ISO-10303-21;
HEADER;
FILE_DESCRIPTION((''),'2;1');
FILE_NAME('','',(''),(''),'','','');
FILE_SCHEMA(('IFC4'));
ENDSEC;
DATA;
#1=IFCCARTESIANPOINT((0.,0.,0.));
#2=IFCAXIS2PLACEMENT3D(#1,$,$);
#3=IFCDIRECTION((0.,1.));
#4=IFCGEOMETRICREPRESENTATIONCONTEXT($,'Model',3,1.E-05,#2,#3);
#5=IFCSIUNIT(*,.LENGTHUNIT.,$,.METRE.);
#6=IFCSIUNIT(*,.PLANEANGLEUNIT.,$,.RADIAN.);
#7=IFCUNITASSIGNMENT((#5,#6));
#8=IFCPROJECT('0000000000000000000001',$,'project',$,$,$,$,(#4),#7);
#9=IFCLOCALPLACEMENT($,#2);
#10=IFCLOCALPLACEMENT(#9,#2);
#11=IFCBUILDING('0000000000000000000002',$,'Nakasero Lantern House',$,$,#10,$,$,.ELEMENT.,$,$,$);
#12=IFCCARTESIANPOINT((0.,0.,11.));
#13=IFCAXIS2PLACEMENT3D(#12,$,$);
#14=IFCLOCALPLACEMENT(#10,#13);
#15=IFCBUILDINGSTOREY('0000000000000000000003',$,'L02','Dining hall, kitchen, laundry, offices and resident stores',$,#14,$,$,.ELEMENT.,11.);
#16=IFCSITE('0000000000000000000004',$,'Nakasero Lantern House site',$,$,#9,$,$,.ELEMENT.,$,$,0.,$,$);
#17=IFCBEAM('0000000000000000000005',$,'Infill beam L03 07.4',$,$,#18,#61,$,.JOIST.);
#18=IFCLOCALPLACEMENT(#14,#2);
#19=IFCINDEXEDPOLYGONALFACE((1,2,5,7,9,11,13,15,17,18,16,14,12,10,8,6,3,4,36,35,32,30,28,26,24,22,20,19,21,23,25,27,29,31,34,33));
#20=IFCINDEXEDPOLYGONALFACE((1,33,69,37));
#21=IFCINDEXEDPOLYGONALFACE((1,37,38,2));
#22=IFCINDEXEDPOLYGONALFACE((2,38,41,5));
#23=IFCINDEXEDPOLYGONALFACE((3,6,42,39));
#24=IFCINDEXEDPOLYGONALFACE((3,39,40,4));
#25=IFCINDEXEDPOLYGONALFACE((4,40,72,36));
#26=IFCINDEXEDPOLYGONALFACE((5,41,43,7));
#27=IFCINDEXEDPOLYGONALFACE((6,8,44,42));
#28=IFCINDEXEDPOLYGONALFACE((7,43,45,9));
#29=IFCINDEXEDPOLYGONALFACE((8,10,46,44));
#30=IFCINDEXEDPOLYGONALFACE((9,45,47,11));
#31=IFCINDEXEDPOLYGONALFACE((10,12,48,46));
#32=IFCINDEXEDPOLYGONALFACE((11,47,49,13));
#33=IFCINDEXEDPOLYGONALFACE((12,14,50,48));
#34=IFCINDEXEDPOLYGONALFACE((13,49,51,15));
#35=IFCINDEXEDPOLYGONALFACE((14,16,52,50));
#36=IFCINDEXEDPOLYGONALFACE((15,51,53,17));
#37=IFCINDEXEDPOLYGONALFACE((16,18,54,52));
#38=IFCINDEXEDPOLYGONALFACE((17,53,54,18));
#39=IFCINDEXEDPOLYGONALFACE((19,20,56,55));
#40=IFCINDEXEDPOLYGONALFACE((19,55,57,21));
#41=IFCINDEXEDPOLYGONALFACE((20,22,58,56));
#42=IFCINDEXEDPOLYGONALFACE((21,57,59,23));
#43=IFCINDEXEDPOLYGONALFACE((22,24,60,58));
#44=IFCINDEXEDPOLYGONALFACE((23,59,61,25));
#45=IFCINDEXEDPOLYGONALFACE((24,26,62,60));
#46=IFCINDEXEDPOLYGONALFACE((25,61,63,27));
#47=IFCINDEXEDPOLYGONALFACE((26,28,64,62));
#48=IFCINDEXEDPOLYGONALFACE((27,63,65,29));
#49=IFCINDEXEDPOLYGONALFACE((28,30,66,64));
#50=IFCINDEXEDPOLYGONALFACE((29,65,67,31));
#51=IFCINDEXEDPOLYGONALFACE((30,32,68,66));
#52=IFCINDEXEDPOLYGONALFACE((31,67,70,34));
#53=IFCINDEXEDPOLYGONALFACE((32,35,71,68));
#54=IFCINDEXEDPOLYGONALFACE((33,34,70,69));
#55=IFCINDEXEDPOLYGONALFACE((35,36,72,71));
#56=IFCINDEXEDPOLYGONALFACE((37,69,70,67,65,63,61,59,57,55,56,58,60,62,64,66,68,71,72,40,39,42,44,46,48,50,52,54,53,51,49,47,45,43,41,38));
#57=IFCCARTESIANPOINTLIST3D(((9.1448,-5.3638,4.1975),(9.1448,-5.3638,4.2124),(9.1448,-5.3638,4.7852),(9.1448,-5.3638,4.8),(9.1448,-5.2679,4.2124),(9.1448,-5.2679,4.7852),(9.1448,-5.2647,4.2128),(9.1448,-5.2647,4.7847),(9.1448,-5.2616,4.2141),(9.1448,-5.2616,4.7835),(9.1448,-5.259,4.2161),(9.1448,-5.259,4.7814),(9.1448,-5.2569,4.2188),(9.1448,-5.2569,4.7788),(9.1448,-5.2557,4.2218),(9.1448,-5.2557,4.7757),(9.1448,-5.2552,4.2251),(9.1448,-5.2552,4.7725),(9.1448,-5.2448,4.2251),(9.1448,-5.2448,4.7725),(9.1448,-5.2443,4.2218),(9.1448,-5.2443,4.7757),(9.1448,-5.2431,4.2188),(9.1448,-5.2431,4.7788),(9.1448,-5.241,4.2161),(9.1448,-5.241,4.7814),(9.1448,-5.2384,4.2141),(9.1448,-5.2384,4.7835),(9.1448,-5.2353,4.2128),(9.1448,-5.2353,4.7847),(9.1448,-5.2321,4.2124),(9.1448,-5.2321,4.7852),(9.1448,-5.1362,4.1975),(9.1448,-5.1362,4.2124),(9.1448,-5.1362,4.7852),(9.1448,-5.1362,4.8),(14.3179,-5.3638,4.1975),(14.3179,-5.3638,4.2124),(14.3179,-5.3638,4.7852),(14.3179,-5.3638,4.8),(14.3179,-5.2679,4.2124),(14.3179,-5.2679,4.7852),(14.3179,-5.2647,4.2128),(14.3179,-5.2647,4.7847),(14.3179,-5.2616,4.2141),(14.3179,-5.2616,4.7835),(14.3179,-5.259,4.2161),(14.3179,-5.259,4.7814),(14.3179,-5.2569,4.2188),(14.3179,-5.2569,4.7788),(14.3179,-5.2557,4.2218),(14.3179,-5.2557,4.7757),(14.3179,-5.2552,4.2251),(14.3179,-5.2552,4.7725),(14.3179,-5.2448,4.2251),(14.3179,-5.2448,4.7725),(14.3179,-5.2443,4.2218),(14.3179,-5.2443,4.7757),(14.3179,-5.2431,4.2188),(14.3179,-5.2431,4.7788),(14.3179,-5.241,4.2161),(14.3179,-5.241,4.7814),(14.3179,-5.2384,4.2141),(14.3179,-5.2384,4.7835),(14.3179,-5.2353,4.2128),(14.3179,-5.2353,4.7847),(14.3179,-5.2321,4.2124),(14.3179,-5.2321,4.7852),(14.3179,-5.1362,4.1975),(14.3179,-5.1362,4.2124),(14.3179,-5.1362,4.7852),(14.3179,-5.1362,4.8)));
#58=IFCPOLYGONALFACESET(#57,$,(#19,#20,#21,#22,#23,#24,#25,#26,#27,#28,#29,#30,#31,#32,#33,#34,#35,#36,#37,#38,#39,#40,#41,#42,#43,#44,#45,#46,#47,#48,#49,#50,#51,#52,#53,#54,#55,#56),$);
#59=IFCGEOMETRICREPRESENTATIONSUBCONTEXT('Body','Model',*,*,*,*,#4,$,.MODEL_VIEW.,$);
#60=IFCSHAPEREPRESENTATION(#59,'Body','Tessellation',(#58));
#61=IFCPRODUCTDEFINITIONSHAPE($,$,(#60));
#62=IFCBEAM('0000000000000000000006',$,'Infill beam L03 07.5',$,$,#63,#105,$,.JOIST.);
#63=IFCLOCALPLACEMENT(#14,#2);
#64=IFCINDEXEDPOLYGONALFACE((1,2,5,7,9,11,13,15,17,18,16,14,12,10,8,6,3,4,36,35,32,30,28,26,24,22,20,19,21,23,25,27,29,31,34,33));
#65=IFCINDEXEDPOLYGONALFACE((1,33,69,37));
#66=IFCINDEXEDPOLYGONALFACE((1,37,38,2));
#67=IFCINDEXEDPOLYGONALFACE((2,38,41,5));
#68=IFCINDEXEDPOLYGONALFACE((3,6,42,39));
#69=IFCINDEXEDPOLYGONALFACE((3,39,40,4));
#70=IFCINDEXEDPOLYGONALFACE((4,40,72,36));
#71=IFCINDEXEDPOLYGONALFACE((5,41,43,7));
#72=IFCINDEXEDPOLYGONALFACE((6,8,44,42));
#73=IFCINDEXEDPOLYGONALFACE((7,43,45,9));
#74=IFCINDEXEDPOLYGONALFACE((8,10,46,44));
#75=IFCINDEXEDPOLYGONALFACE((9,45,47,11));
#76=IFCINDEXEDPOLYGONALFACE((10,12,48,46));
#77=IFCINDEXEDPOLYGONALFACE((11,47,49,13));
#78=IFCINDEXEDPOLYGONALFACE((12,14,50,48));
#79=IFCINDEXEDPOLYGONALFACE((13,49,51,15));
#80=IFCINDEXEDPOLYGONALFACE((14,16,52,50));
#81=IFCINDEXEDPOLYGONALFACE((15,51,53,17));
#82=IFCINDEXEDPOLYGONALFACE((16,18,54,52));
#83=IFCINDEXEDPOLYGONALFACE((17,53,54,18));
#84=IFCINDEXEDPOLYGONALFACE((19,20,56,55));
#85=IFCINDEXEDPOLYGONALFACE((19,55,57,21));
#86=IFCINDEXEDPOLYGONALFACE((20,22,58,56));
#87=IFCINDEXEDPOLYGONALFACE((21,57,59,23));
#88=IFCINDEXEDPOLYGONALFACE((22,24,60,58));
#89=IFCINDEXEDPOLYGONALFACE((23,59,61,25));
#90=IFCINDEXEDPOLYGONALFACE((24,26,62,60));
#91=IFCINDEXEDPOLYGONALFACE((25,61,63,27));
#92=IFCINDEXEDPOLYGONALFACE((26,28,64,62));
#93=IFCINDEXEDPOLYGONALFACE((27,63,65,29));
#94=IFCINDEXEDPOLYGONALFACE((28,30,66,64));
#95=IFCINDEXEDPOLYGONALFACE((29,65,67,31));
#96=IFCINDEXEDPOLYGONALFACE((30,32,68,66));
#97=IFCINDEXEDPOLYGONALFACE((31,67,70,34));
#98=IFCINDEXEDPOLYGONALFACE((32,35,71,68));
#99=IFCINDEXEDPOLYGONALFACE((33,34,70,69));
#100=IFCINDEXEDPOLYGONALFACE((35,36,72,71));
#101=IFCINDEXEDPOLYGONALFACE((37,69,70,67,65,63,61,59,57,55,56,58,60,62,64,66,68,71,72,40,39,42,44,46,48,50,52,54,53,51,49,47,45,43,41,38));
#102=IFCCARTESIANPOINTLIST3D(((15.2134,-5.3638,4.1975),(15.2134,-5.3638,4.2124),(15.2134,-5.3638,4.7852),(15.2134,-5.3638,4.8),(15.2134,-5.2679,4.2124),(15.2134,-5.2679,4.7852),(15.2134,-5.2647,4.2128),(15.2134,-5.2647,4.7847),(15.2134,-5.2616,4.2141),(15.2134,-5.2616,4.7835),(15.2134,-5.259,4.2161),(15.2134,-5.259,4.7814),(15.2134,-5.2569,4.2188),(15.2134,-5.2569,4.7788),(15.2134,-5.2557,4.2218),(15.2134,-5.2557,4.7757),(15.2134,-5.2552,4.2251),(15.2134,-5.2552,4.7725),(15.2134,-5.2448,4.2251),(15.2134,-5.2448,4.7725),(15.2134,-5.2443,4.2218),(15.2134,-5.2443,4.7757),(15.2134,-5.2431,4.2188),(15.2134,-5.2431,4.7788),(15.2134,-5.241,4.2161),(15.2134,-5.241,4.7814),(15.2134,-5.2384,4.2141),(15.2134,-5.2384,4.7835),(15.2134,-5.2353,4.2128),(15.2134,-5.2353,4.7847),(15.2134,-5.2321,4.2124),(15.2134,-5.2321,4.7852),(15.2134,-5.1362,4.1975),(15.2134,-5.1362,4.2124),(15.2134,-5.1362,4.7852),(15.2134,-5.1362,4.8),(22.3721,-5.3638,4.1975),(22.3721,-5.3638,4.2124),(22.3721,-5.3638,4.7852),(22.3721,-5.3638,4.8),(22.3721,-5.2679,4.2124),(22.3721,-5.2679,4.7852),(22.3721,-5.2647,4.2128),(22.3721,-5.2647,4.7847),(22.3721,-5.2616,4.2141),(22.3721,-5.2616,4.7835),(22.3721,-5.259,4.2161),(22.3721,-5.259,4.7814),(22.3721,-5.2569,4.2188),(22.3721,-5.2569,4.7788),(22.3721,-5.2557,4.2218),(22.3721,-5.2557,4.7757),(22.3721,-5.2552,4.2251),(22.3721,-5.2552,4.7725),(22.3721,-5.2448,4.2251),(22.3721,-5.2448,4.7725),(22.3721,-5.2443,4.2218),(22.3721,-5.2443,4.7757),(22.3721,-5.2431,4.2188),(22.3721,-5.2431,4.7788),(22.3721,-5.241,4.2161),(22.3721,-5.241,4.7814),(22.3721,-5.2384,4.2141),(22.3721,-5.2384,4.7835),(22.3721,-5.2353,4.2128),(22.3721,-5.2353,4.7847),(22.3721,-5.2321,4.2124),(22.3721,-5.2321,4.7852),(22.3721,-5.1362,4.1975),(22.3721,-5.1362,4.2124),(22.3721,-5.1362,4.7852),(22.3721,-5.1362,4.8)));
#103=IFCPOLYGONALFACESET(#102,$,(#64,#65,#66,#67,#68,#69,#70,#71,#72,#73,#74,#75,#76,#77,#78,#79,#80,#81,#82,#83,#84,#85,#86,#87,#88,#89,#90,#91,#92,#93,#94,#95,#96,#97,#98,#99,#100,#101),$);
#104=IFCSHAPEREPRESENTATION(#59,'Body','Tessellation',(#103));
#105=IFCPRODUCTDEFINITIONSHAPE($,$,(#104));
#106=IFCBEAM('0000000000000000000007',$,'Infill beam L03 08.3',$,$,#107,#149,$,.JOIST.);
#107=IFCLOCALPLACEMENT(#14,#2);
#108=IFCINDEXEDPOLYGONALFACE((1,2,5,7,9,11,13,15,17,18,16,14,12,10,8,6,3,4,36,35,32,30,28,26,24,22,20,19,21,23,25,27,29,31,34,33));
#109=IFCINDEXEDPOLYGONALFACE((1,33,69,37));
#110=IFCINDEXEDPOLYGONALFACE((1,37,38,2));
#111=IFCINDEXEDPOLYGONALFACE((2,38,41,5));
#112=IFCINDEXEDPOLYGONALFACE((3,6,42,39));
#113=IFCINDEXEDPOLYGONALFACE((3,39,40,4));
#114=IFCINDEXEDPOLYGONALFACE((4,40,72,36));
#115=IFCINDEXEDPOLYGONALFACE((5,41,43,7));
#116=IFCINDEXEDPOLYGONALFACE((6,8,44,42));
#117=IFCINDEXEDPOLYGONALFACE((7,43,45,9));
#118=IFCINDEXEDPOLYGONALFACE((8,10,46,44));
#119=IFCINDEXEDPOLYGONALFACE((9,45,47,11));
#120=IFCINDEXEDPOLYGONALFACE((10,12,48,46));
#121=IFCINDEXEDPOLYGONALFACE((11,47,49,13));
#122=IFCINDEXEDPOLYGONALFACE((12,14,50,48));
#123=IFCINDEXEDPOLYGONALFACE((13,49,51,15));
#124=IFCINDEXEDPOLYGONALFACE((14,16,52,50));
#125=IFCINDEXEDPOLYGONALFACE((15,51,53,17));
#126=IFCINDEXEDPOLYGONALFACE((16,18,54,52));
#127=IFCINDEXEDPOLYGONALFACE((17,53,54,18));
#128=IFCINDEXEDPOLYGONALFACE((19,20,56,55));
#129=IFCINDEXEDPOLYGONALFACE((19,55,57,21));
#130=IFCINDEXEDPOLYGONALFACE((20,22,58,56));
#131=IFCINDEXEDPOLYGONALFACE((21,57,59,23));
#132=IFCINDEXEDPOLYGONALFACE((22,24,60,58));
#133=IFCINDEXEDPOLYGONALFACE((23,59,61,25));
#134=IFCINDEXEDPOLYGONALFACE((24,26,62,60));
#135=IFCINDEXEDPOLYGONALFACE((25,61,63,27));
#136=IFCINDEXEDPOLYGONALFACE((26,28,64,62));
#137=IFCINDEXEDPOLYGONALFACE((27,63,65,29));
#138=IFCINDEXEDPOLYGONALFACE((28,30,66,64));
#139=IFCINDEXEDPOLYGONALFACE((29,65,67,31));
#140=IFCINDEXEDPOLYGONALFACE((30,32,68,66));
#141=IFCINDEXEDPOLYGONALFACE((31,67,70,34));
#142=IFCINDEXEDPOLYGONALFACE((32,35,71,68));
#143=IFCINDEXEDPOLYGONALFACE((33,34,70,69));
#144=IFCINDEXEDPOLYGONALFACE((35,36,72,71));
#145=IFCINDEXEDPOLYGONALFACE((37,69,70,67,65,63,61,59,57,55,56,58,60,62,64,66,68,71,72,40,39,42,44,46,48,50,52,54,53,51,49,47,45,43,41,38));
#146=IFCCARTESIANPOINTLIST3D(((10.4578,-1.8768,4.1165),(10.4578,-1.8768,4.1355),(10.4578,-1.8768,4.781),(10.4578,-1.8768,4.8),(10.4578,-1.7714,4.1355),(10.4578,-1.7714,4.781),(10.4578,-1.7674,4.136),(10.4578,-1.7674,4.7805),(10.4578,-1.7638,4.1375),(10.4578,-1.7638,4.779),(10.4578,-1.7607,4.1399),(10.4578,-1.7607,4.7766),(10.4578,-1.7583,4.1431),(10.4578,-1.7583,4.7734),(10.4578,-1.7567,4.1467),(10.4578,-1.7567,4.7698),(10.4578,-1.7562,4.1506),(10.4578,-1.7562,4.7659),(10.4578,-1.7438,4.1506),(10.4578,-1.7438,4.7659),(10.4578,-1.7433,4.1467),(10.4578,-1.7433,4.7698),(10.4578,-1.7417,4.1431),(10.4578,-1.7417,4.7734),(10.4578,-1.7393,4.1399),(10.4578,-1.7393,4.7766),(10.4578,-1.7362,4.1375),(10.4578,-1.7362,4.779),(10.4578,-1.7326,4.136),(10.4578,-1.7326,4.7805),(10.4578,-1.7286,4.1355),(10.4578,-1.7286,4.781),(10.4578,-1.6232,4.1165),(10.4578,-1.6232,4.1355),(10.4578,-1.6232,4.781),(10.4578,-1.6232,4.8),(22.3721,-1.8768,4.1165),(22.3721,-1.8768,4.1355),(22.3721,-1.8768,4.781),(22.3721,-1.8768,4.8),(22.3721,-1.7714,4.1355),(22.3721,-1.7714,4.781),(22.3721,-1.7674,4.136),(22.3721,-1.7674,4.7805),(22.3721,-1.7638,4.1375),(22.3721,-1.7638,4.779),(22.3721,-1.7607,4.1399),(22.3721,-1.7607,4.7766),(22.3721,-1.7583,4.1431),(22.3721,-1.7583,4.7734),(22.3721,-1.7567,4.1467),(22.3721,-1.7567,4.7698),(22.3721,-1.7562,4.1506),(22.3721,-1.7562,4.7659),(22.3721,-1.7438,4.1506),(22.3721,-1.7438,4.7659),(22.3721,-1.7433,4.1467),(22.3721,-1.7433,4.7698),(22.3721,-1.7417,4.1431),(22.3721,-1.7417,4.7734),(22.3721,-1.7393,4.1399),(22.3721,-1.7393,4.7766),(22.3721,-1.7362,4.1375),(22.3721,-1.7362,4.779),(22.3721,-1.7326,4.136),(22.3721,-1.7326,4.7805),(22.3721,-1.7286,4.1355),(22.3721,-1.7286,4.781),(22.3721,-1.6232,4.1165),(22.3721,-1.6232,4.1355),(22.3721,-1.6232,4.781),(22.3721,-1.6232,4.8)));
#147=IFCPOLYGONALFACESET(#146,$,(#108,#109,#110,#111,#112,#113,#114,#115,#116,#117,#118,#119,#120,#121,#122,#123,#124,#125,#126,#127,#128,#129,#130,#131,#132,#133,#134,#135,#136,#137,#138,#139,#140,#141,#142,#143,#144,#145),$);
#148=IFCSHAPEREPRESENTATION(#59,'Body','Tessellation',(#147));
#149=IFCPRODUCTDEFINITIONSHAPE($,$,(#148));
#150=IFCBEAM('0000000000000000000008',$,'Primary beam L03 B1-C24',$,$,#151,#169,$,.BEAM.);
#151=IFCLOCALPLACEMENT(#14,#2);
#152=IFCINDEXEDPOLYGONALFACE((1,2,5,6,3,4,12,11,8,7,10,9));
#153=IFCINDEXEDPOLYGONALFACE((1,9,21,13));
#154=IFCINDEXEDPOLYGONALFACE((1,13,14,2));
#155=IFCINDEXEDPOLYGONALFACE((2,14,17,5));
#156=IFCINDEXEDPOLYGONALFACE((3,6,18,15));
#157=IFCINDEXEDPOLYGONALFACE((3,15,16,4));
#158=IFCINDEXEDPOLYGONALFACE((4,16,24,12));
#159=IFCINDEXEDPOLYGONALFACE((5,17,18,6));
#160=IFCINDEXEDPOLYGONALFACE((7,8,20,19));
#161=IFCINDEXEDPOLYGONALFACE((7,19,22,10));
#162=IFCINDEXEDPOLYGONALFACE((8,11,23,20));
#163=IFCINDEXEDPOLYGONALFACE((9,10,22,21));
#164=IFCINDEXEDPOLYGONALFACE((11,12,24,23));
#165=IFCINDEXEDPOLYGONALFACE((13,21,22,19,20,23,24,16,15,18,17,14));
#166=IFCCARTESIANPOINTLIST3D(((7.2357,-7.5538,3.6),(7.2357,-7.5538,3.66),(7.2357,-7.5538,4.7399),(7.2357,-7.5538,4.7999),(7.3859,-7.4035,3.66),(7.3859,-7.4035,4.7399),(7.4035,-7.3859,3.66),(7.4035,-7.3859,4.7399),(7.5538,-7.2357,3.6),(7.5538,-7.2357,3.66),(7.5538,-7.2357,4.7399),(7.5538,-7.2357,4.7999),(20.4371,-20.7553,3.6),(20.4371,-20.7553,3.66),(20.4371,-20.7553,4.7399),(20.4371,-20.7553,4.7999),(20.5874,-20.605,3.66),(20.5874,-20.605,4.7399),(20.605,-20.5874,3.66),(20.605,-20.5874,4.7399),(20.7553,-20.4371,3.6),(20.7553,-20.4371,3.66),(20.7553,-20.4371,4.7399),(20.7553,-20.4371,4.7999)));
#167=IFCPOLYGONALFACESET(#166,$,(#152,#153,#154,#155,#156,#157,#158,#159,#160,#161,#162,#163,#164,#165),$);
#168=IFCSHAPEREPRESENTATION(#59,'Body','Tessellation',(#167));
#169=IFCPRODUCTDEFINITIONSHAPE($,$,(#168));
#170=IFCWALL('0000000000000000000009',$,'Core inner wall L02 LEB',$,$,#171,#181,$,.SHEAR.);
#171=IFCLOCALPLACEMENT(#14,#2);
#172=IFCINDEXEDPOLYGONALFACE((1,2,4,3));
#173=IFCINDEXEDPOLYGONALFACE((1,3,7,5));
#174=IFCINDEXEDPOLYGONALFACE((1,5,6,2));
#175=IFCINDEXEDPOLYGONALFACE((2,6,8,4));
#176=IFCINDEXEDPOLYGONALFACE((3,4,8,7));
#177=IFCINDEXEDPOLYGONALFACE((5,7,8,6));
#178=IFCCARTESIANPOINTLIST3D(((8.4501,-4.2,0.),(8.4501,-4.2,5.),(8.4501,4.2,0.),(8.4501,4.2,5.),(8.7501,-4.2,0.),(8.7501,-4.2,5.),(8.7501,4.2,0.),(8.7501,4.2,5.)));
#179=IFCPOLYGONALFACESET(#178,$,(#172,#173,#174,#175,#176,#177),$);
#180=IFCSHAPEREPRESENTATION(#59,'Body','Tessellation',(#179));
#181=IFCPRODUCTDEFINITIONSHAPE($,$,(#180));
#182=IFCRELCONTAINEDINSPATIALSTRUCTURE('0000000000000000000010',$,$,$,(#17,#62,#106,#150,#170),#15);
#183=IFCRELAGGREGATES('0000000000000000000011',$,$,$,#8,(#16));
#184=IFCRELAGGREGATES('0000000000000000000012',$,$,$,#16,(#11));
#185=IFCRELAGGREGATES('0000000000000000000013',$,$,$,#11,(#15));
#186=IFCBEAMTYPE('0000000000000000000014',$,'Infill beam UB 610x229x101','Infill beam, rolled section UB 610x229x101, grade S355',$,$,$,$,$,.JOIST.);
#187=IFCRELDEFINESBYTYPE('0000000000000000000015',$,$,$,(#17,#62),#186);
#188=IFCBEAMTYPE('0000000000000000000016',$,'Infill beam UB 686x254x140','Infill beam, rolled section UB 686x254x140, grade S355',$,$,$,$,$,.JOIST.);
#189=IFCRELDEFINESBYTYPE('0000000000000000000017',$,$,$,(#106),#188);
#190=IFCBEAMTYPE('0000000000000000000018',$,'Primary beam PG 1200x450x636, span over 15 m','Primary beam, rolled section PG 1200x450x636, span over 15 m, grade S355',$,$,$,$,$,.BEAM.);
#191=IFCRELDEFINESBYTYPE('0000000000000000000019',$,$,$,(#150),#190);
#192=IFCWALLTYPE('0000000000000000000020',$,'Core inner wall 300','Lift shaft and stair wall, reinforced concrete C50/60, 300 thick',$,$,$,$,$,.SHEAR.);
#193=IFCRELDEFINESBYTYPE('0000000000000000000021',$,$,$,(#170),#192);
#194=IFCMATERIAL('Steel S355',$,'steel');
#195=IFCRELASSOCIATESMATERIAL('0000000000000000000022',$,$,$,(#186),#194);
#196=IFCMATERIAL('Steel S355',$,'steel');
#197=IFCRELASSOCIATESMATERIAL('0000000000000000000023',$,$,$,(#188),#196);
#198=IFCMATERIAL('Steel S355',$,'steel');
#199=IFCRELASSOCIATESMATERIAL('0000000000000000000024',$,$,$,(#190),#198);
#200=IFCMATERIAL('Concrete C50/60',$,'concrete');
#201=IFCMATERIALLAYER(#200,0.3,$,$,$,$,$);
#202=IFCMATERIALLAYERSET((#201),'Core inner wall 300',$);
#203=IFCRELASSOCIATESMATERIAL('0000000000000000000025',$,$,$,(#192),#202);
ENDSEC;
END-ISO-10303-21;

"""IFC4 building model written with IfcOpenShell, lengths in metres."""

from ifc_helpers import new_model, si_unit, direction, frame, frame_2d, origin, origin_2d, place, context, subcontext, project, spatial, rectangle, i_section, extrude, material, layer, layer_set, material_profile, profile_set, type_object, element, save


model = new_model("IFC4")

# Units and contexts
model_context = context("Model", 3, precision=1e-05, world=origin(), true_north=direction((0.0, 1.0)))
body_context = subcontext(model_context, "Body", "Model", "MODEL_VIEW")
ifc_project = project(units=[si_unit("LENGTHUNIT", "METRE"), si_unit("PLANEANGLEUNIT", "RADIAN")], contexts=[model_context])

# Site, building, storey
site_placement = place(None, origin())
site = spatial("IfcSite", under=ifc_project, at=site_placement, Name="Nakasero Lantern House site", CompositionType="ELEMENT", RefElevation=0.0)
building_placement = place(site_placement, origin())
building = spatial("IfcBuilding", under=site, at=building_placement, Name="Nakasero Lantern House", CompositionType="ELEMENT")
storey_placement = place(building_placement, frame((0.0, 0.0, 11.0)))
storey = spatial("IfcBuildingStorey", under=building, at=storey_placement, Name="L02", Description="Dining hall, kitchen, laundry, offices and resident stores", CompositionType="ELEMENT", Elevation=11.0)

# Beams
ifc_material_1 = material(Name="Steel S355", Category="steel")
ifc_material_profile_1 = material_profile(ifc_material_1, i_section(OverallWidth=0.2275, OverallDepth=0.6025, WebThickness=0.0105, FlangeThickness=0.0149, FilletRadius=0.0127, at=origin_2d()), Name="UB 610x229x101")
ifc_profile_set_1 = profile_set([ifc_material_profile_1], Name="Steel S355")
beam_type_1 = type_object("IfcBeamType", Name="Infill beam UB 610x229x101", Description="Infill beam, rolled section UB 610x229x101, grade S355", PredefinedType="JOIST", material=ifc_profile_set_1)
beam_1_placement = place(storey_placement, frame((9.1448, -5.25, 4.4988), z_axis=(1.0, 0.0, 0.0), x_axis=(0.0, 1.0, 0.0)))
element("IfcBeam", 1, at=beam_1_placement, inside=storey, type_object=beam_type_1, Name="Infill beam L03 07.4", PredefinedType="JOIST", context=body_context, shape_type="SweptSolid", body=[
    extrude(i_section(OverallWidth=0.2275, OverallDepth=0.6025, WebThickness=0.0105, FlangeThickness=0.0149, FilletRadius=0.0127, at=origin_2d()), origin(), (0.0, 0.0, 1.0), 5.1731),
])
beam_2_placement = place(storey_placement, frame((15.2134, -5.25, 4.4988), z_axis=(1.0, 0.0, 0.0), x_axis=(0.0, 1.0, 0.0)))
element("IfcBeam", 2, at=beam_2_placement, inside=storey, type_object=beam_type_1, Name="Infill beam L03 07.5", PredefinedType="JOIST", context=body_context, shape_type="SweptSolid", body=[
    extrude(i_section(OverallWidth=0.2275, OverallDepth=0.6025, WebThickness=0.0105, FlangeThickness=0.0149, FilletRadius=0.0127, at=origin_2d()), origin(), (0.0, 0.0, 1.0), 7.1587),
])
ifc_material_2 = material(Name="Steel S355", Category="steel")
ifc_material_profile_2 = material_profile(ifc_material_2, i_section(OverallWidth=0.2537, OverallDepth=0.6836, WebThickness=0.0125, FlangeThickness=0.019, FilletRadius=0.0151, at=origin_2d()), Name="UB 686x254x140")
ifc_profile_set_2 = profile_set([ifc_material_profile_2], Name="Steel S355")
beam_type_2 = type_object("IfcBeamType", Name="Infill beam UB 686x254x140", Description="Infill beam, rolled section UB 686x254x140, grade S355", PredefinedType="JOIST", material=ifc_profile_set_2)
beam_3_placement = place(storey_placement, frame((10.4578, -1.75, 4.4583), z_axis=(1.0, 0.0, 0.0), x_axis=(0.0, 1.0, 0.0)))
element("IfcBeam", 3, at=beam_3_placement, inside=storey, type_object=beam_type_2, Name="Infill beam L03 08.3", PredefinedType="JOIST", context=body_context, shape_type="SweptSolid", body=[
    extrude(i_section(OverallWidth=0.2537, OverallDepth=0.6836, WebThickness=0.0125, FlangeThickness=0.019, FilletRadius=0.0151, at=origin_2d()), origin(), (0.0, 0.0, 1.0), 11.9143),
])
ifc_material_3 = material(Name="Steel S355", Category="steel")
ifc_material_profile_3 = material_profile(ifc_material_3, i_section(OverallWidth=0.45, OverallDepth=1.2, WebThickness=0.0249, FlangeThickness=0.0601, at=origin_2d()), Name="PG 1200x450x636")
ifc_profile_set_3 = profile_set([ifc_material_profile_3], Name="Steel S355")
beam_type_3 = type_object("IfcBeamType", Name="Primary beam PG 1200x450x636, span over 15 m", Description="Primary beam, rolled section PG 1200x450x636, span over 15 m, grade S355", PredefinedType="BEAM", material=ifc_profile_set_3)
beam_4_placement = place(storey_placement, frame((20.5962, -20.5962, 4.2), z_axis=(-0.707107, 0.707107, 0.0), x_axis=(-0.707107, -0.707107, 0.0)))
element("IfcBeam", 4, at=beam_4_placement, inside=storey, type_object=beam_type_3, Name="Primary beam L03 B1-C24", PredefinedType="BEAM", context=body_context, shape_type="SweptSolid", body=[
    extrude(i_section(OverallWidth=0.45, OverallDepth=1.2, WebThickness=0.0249, FlangeThickness=0.0601, at=origin_2d()), origin(), (0.0, 0.0, 1.0), 18.6697),
])

# Wall
ifc_material_4 = material(Name="Concrete C50/60", Category="concrete")
ifc_layer_1 = layer(ifc_material_4, 0.3)
ifc_layer_set_1 = layer_set([ifc_layer_1], Name="Core inner wall 300")
wall_type_1 = type_object("IfcWallType", Name="Core inner wall 300", Description="Lift shaft and stair wall, reinforced concrete C50/60, 300 thick", PredefinedType="SHEAR", material=ifc_layer_set_1)
wall_1_placement = place(storey_placement, frame((8.6001, -4.2, 0.0), z_axis=(0.0, 0.0, 1.0), x_axis=(0.0, 1.0, 0.0)))
element("IfcWall", 5, at=wall_1_placement, inside=storey, type_object=wall_type_1, Name="Core inner wall L02 LEB", PredefinedType="SHEAR", context=body_context, shape_type="SweptSolid", body=[
    extrude(rectangle(XDim=8.3999, YDim=0.3, at=frame_2d((4.2, 0.0))), origin(), (0.0, 0.0, 1.0), 5.0),
])

save(model, "model.ifc")
